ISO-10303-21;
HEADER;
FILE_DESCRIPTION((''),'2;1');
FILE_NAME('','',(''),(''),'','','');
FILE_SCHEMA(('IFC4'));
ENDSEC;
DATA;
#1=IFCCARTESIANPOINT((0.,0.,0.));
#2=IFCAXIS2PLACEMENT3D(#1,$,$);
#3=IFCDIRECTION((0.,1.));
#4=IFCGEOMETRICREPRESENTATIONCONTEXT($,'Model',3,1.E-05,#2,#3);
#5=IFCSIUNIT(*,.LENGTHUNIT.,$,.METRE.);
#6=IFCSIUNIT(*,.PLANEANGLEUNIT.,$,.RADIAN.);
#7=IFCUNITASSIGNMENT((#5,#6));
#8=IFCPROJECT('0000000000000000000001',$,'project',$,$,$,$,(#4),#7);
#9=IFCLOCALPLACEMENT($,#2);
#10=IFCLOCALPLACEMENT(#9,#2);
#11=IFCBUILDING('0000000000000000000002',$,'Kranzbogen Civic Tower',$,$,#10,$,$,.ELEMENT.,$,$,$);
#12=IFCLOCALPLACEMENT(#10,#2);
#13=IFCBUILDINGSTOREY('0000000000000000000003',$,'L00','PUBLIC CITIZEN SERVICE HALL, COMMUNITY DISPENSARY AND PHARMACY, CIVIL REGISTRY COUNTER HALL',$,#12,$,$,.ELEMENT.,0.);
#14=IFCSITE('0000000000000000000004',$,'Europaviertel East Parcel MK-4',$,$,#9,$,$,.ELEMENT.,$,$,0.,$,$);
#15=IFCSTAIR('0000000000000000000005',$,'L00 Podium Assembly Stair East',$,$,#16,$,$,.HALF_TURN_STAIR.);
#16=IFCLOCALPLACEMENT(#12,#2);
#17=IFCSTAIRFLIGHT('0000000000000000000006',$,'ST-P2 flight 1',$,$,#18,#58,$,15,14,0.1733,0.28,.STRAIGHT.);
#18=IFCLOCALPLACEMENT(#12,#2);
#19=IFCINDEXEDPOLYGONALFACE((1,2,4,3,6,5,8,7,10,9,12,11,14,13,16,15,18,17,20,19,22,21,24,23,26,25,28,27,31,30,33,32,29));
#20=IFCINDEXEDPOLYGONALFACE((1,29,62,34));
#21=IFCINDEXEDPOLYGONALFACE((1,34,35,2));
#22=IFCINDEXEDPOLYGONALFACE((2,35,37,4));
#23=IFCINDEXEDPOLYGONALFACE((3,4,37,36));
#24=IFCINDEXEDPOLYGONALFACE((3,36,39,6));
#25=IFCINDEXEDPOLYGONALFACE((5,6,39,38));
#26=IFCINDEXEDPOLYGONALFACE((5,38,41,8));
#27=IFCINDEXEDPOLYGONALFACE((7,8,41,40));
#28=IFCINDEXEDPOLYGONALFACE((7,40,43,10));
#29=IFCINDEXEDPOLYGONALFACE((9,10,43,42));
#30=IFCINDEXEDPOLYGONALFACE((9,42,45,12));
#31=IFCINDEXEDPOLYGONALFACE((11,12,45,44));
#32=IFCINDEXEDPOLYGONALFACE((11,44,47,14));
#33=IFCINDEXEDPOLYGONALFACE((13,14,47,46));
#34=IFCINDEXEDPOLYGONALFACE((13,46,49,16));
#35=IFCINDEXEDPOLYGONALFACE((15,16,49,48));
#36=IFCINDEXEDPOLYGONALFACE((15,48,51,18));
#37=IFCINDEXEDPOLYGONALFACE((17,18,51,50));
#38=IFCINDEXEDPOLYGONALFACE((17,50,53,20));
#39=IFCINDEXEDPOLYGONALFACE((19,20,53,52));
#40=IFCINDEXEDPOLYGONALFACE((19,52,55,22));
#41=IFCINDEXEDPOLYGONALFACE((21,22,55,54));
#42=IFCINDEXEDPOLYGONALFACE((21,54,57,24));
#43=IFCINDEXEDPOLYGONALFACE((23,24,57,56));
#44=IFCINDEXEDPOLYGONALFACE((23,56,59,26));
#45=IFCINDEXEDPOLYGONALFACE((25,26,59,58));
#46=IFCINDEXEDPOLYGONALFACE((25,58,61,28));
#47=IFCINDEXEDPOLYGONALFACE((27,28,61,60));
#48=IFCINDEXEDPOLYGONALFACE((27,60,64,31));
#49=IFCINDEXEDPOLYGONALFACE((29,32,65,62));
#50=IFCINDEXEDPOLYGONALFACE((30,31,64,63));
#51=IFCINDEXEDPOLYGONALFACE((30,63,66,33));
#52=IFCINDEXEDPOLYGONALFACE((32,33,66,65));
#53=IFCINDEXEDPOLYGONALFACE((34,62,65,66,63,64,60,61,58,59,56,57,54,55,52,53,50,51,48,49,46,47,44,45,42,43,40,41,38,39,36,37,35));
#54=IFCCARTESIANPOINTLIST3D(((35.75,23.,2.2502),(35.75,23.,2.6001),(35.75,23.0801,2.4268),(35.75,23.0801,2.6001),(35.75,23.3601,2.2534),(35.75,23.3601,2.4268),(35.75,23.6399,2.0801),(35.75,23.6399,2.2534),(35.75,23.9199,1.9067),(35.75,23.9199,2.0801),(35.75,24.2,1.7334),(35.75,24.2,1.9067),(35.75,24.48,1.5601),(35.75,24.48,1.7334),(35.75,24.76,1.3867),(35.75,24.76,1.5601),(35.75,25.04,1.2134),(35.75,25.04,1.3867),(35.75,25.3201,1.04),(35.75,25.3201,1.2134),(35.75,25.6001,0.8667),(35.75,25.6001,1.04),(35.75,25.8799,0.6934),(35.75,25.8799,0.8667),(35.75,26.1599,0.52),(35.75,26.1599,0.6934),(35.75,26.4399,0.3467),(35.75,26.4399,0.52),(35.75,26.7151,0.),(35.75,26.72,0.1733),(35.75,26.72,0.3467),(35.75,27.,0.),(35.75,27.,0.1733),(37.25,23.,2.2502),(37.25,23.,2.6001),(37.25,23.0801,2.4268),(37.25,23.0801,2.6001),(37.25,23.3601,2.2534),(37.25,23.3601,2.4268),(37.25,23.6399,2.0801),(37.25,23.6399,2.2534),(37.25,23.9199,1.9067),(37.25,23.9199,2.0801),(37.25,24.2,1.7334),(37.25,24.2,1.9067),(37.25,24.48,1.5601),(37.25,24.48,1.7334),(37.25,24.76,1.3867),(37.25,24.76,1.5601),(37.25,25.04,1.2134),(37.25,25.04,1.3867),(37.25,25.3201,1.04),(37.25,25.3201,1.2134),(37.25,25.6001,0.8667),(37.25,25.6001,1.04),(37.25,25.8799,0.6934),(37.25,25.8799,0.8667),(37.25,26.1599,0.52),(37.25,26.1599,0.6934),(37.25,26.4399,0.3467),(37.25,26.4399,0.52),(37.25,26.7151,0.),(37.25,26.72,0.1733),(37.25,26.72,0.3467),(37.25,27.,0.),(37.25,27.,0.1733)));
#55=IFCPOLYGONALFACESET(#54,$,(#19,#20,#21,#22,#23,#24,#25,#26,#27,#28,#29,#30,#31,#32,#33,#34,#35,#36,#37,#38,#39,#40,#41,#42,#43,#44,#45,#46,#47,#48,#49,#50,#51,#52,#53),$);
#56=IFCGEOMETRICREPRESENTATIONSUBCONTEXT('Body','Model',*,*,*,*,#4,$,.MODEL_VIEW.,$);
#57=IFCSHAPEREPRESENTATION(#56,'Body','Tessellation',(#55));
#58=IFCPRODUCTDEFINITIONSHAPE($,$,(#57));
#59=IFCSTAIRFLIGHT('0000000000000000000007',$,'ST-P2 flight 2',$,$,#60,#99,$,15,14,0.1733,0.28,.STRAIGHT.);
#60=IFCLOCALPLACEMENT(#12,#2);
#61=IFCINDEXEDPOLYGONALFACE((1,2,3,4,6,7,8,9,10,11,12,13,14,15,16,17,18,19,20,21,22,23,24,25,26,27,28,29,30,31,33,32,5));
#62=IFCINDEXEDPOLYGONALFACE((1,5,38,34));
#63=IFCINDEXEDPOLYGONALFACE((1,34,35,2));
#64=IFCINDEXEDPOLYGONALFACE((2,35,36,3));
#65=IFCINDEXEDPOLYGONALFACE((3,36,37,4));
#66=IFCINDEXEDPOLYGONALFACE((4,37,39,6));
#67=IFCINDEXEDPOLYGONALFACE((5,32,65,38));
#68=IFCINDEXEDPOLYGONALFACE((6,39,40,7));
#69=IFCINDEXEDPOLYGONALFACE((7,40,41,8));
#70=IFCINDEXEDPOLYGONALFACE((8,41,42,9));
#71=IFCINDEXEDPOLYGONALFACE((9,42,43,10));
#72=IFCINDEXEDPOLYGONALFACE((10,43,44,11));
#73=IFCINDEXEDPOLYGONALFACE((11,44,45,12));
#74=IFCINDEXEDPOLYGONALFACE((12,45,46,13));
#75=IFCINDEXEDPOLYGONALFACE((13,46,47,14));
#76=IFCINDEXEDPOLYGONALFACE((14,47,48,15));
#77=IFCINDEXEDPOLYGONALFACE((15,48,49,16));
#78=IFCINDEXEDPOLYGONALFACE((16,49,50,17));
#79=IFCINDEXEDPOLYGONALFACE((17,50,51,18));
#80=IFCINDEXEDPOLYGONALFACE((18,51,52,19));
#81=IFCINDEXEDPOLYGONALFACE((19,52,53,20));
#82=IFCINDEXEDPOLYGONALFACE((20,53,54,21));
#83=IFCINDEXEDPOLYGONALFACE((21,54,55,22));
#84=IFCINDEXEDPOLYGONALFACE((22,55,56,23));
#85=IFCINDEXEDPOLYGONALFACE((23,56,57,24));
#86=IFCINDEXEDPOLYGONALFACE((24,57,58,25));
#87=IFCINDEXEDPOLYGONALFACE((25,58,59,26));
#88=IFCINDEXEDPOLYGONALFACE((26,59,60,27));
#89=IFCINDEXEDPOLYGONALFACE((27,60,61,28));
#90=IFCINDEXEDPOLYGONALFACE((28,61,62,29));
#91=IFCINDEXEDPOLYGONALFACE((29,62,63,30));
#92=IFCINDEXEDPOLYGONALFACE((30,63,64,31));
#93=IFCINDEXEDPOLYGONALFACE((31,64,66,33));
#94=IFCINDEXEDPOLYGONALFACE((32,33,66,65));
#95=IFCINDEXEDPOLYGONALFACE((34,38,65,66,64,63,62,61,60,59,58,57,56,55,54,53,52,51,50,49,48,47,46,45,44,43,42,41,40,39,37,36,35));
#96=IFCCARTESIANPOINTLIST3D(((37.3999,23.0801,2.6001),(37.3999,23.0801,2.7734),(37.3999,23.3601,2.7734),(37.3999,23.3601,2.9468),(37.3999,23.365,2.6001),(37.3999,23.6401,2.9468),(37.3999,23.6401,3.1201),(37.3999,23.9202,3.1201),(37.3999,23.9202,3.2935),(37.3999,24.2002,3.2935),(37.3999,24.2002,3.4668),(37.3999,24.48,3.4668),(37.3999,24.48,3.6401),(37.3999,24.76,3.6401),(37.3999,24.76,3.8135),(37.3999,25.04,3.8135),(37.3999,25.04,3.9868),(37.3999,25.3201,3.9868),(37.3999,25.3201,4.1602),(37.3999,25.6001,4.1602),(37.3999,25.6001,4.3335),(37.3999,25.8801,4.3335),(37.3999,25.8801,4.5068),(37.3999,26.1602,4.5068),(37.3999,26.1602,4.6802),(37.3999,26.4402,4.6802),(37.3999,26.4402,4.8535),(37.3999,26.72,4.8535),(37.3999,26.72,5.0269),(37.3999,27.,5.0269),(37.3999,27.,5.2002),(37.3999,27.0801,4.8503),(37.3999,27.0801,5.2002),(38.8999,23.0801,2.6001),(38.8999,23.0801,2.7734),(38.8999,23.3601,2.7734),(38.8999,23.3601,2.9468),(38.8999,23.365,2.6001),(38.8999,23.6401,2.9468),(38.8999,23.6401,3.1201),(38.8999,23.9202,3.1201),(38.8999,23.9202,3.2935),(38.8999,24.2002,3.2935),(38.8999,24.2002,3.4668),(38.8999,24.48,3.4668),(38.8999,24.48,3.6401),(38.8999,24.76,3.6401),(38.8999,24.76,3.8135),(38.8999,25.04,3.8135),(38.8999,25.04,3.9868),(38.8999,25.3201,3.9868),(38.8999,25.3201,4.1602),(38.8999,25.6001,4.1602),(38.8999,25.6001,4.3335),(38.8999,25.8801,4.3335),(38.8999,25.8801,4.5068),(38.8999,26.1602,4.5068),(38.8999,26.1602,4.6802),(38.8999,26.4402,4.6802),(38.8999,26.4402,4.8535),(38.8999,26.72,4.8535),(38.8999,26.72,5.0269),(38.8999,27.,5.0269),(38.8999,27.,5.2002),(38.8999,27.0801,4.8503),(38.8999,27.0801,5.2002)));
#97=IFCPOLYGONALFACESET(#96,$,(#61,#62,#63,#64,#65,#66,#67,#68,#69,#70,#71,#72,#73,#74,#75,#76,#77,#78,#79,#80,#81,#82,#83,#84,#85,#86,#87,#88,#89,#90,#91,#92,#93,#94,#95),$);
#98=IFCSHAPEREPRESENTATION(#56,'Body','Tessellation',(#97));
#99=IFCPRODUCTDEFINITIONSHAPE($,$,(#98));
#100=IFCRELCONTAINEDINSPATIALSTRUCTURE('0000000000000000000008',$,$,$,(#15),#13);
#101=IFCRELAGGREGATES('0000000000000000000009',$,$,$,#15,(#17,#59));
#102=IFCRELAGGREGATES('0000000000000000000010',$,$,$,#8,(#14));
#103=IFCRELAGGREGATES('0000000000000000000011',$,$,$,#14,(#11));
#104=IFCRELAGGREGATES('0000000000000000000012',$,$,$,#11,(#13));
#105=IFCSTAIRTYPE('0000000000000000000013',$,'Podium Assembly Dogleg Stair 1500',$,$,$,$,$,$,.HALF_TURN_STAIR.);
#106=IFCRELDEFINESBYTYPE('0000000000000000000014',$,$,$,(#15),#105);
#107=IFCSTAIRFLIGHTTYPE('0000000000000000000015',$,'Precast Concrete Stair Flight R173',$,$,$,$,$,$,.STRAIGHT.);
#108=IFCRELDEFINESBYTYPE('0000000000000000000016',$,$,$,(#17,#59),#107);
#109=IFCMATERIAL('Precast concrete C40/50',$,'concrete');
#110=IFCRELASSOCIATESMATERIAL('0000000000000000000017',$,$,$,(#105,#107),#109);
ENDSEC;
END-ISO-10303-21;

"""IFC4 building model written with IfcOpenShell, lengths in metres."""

from ifc_helpers import new_model, si_unit, direction, frame, origin, place, context, subcontext, project, spatial, polyline, outline, extrude, material, type_object, element, aggregate, save


model = new_model("IFC4")

# Units and contexts
model_context = context("Model", 3, precision=1e-05, world=origin(), true_north=direction((0.0, 1.0)))
body_context = subcontext(model_context, "Body", "Model", "MODEL_VIEW")
ifc_project = project(units=[si_unit("LENGTHUNIT", "METRE"), si_unit("PLANEANGLEUNIT", "RADIAN")], contexts=[model_context])

# Site, building, storey
site_placement = place(None, origin())
site = spatial("IfcSite", under=ifc_project, at=site_placement, Name="Europaviertel East Parcel MK-4", CompositionType="ELEMENT", RefElevation=0.0)
building_placement = place(site_placement, origin())
building = spatial("IfcBuilding", under=site, at=building_placement, Name="Kranzbogen Civic Tower", CompositionType="ELEMENT")
storey_placement = place(building_placement, origin())
storey = spatial("IfcBuildingStorey", under=building, at=storey_placement, Name="L00", Description="PUBLIC CITIZEN SERVICE HALL, COMMUNITY DISPENSARY AND PHARMACY, CIVIL REGISTRY COUNTER HALL", CompositionType="ELEMENT", Elevation=0.0)

# Stair, stair flights
ifc_material_1 = material(Name="Precast concrete C40/50", Category="concrete")
stair_type = type_object("IfcStairType", Name="Podium Assembly Dogleg Stair 1500", PredefinedType="HALF_TURN_STAIR", material=ifc_material_1)
stair_placement = place(storey_placement, origin())
stair = element("IfcStair", 1, at=stair_placement, inside=storey, type_object=stair_type, Name="L00 Podium Assembly Stair East", PredefinedType="HALF_TURN_STAIR")
stair_flight_type = type_object("IfcStairFlightType", Name="Precast Concrete Stair Flight R173", PredefinedType="STRAIGHT", material=ifc_material_1)
stair_flight_1_placement = place(storey_placement, frame((36.5, 27.0, 0.0), z_axis=(0.0, 0.0, 1.0), x_axis=(0.0, -1.0, 0.0)))
stair_flight_1 = element("IfcStairFlight", 2, at=stair_flight_1_placement, type_object=stair_flight_type, Name="ST-P2 flight 1", NumberOfRisers=15, NumberOfTreads=14, PredefinedType="STRAIGHT", RiserHeight=0.1733, TreadLength=0.28, context=body_context, shape_type="SweptSolid", body=[
    extrude(outline(polyline([(0.0, 0.0), (0.0, 0.1733), (0.28, 0.1733), (0.28, 0.3467), (0.5601, 0.3467), (0.5601, 0.52), (0.8401, 0.52), (0.8401, 0.6934), (1.1201, 0.6934), (1.1201, 0.8667), (1.3999, 0.8667), (1.3999, 1.04), (1.6799, 1.04), (1.6799, 1.2134), (1.96, 1.2134), (1.96, 1.3867), (2.24, 1.3867), (2.24, 1.5601), (2.52, 1.5601), (2.52, 1.7334), (2.8, 1.7334), (2.8, 1.9067), (3.0801, 1.9067), (3.0801, 2.0801), (3.3601, 2.0801), (3.3601, 2.2534), (3.6399, 2.2534), (3.6399, 2.4268), (3.9199, 2.4268), (3.9199, 2.6001), (4.0, 2.6001), (4.0, 2.2502), (0.2849, 0.0), (0.0, 0.0)])), frame((0.0, 0.75, 0.0), z_axis=(0.0, -1.0, 0.0), x_axis=(1.0, 0.0, 0.0)), (0.0, 0.0, 1.0), 1.5),
])
stair_flight_2_placement = place(storey_placement, frame((38.1499, 23.0801, 2.6001), z_axis=(0.0, 0.0, 1.0), x_axis=(0.0, 1.0, 0.0)))
stair_flight_2 = element("IfcStairFlight", 3, at=stair_flight_2_placement, type_object=stair_flight_type, Name="ST-P2 flight 2", NumberOfRisers=15, NumberOfTreads=14, PredefinedType="STRAIGHT", RiserHeight=0.1733, TreadLength=0.28, context=body_context, shape_type="SweptSolid", body=[
    extrude(outline(polyline([(0.0, 0.0), (0.0, 0.1733), (0.28, 0.1733), (0.28, 0.3467), (0.5601, 0.3467), (0.5601, 0.52), (0.8401, 0.52), (0.8401, 0.6934), (1.1201, 0.6934), (1.1201, 0.8667), (1.3999, 0.8667), (1.3999, 1.04), (1.6799, 1.04), (1.6799, 1.2134), (1.96, 1.2134), (1.96, 1.3867), (2.24, 1.3867), (2.24, 1.5601), (2.52, 1.5601), (2.52, 1.7334), (2.8, 1.7334), (2.8, 1.9067), (3.0801, 1.9067), (3.0801, 2.0801), (3.3601, 2.0801), (3.3601, 2.2534), (3.6399, 2.2534), (3.6399, 2.4268), (3.9199, 2.4268), (3.9199, 2.6001), (4.0, 2.6001), (4.0, 2.2502), (0.2849, 0.0), (0.0, 0.0)])), frame((0.0, 0.75, 0.0), z_axis=(0.0, -1.0, 0.0), x_axis=(1.0, 0.0, 0.0)), (0.0, 0.0, 1.0), 1.5),
])
aggregate(stair, [stair_flight_1, stair_flight_2])

save(model, "model.ifc")
